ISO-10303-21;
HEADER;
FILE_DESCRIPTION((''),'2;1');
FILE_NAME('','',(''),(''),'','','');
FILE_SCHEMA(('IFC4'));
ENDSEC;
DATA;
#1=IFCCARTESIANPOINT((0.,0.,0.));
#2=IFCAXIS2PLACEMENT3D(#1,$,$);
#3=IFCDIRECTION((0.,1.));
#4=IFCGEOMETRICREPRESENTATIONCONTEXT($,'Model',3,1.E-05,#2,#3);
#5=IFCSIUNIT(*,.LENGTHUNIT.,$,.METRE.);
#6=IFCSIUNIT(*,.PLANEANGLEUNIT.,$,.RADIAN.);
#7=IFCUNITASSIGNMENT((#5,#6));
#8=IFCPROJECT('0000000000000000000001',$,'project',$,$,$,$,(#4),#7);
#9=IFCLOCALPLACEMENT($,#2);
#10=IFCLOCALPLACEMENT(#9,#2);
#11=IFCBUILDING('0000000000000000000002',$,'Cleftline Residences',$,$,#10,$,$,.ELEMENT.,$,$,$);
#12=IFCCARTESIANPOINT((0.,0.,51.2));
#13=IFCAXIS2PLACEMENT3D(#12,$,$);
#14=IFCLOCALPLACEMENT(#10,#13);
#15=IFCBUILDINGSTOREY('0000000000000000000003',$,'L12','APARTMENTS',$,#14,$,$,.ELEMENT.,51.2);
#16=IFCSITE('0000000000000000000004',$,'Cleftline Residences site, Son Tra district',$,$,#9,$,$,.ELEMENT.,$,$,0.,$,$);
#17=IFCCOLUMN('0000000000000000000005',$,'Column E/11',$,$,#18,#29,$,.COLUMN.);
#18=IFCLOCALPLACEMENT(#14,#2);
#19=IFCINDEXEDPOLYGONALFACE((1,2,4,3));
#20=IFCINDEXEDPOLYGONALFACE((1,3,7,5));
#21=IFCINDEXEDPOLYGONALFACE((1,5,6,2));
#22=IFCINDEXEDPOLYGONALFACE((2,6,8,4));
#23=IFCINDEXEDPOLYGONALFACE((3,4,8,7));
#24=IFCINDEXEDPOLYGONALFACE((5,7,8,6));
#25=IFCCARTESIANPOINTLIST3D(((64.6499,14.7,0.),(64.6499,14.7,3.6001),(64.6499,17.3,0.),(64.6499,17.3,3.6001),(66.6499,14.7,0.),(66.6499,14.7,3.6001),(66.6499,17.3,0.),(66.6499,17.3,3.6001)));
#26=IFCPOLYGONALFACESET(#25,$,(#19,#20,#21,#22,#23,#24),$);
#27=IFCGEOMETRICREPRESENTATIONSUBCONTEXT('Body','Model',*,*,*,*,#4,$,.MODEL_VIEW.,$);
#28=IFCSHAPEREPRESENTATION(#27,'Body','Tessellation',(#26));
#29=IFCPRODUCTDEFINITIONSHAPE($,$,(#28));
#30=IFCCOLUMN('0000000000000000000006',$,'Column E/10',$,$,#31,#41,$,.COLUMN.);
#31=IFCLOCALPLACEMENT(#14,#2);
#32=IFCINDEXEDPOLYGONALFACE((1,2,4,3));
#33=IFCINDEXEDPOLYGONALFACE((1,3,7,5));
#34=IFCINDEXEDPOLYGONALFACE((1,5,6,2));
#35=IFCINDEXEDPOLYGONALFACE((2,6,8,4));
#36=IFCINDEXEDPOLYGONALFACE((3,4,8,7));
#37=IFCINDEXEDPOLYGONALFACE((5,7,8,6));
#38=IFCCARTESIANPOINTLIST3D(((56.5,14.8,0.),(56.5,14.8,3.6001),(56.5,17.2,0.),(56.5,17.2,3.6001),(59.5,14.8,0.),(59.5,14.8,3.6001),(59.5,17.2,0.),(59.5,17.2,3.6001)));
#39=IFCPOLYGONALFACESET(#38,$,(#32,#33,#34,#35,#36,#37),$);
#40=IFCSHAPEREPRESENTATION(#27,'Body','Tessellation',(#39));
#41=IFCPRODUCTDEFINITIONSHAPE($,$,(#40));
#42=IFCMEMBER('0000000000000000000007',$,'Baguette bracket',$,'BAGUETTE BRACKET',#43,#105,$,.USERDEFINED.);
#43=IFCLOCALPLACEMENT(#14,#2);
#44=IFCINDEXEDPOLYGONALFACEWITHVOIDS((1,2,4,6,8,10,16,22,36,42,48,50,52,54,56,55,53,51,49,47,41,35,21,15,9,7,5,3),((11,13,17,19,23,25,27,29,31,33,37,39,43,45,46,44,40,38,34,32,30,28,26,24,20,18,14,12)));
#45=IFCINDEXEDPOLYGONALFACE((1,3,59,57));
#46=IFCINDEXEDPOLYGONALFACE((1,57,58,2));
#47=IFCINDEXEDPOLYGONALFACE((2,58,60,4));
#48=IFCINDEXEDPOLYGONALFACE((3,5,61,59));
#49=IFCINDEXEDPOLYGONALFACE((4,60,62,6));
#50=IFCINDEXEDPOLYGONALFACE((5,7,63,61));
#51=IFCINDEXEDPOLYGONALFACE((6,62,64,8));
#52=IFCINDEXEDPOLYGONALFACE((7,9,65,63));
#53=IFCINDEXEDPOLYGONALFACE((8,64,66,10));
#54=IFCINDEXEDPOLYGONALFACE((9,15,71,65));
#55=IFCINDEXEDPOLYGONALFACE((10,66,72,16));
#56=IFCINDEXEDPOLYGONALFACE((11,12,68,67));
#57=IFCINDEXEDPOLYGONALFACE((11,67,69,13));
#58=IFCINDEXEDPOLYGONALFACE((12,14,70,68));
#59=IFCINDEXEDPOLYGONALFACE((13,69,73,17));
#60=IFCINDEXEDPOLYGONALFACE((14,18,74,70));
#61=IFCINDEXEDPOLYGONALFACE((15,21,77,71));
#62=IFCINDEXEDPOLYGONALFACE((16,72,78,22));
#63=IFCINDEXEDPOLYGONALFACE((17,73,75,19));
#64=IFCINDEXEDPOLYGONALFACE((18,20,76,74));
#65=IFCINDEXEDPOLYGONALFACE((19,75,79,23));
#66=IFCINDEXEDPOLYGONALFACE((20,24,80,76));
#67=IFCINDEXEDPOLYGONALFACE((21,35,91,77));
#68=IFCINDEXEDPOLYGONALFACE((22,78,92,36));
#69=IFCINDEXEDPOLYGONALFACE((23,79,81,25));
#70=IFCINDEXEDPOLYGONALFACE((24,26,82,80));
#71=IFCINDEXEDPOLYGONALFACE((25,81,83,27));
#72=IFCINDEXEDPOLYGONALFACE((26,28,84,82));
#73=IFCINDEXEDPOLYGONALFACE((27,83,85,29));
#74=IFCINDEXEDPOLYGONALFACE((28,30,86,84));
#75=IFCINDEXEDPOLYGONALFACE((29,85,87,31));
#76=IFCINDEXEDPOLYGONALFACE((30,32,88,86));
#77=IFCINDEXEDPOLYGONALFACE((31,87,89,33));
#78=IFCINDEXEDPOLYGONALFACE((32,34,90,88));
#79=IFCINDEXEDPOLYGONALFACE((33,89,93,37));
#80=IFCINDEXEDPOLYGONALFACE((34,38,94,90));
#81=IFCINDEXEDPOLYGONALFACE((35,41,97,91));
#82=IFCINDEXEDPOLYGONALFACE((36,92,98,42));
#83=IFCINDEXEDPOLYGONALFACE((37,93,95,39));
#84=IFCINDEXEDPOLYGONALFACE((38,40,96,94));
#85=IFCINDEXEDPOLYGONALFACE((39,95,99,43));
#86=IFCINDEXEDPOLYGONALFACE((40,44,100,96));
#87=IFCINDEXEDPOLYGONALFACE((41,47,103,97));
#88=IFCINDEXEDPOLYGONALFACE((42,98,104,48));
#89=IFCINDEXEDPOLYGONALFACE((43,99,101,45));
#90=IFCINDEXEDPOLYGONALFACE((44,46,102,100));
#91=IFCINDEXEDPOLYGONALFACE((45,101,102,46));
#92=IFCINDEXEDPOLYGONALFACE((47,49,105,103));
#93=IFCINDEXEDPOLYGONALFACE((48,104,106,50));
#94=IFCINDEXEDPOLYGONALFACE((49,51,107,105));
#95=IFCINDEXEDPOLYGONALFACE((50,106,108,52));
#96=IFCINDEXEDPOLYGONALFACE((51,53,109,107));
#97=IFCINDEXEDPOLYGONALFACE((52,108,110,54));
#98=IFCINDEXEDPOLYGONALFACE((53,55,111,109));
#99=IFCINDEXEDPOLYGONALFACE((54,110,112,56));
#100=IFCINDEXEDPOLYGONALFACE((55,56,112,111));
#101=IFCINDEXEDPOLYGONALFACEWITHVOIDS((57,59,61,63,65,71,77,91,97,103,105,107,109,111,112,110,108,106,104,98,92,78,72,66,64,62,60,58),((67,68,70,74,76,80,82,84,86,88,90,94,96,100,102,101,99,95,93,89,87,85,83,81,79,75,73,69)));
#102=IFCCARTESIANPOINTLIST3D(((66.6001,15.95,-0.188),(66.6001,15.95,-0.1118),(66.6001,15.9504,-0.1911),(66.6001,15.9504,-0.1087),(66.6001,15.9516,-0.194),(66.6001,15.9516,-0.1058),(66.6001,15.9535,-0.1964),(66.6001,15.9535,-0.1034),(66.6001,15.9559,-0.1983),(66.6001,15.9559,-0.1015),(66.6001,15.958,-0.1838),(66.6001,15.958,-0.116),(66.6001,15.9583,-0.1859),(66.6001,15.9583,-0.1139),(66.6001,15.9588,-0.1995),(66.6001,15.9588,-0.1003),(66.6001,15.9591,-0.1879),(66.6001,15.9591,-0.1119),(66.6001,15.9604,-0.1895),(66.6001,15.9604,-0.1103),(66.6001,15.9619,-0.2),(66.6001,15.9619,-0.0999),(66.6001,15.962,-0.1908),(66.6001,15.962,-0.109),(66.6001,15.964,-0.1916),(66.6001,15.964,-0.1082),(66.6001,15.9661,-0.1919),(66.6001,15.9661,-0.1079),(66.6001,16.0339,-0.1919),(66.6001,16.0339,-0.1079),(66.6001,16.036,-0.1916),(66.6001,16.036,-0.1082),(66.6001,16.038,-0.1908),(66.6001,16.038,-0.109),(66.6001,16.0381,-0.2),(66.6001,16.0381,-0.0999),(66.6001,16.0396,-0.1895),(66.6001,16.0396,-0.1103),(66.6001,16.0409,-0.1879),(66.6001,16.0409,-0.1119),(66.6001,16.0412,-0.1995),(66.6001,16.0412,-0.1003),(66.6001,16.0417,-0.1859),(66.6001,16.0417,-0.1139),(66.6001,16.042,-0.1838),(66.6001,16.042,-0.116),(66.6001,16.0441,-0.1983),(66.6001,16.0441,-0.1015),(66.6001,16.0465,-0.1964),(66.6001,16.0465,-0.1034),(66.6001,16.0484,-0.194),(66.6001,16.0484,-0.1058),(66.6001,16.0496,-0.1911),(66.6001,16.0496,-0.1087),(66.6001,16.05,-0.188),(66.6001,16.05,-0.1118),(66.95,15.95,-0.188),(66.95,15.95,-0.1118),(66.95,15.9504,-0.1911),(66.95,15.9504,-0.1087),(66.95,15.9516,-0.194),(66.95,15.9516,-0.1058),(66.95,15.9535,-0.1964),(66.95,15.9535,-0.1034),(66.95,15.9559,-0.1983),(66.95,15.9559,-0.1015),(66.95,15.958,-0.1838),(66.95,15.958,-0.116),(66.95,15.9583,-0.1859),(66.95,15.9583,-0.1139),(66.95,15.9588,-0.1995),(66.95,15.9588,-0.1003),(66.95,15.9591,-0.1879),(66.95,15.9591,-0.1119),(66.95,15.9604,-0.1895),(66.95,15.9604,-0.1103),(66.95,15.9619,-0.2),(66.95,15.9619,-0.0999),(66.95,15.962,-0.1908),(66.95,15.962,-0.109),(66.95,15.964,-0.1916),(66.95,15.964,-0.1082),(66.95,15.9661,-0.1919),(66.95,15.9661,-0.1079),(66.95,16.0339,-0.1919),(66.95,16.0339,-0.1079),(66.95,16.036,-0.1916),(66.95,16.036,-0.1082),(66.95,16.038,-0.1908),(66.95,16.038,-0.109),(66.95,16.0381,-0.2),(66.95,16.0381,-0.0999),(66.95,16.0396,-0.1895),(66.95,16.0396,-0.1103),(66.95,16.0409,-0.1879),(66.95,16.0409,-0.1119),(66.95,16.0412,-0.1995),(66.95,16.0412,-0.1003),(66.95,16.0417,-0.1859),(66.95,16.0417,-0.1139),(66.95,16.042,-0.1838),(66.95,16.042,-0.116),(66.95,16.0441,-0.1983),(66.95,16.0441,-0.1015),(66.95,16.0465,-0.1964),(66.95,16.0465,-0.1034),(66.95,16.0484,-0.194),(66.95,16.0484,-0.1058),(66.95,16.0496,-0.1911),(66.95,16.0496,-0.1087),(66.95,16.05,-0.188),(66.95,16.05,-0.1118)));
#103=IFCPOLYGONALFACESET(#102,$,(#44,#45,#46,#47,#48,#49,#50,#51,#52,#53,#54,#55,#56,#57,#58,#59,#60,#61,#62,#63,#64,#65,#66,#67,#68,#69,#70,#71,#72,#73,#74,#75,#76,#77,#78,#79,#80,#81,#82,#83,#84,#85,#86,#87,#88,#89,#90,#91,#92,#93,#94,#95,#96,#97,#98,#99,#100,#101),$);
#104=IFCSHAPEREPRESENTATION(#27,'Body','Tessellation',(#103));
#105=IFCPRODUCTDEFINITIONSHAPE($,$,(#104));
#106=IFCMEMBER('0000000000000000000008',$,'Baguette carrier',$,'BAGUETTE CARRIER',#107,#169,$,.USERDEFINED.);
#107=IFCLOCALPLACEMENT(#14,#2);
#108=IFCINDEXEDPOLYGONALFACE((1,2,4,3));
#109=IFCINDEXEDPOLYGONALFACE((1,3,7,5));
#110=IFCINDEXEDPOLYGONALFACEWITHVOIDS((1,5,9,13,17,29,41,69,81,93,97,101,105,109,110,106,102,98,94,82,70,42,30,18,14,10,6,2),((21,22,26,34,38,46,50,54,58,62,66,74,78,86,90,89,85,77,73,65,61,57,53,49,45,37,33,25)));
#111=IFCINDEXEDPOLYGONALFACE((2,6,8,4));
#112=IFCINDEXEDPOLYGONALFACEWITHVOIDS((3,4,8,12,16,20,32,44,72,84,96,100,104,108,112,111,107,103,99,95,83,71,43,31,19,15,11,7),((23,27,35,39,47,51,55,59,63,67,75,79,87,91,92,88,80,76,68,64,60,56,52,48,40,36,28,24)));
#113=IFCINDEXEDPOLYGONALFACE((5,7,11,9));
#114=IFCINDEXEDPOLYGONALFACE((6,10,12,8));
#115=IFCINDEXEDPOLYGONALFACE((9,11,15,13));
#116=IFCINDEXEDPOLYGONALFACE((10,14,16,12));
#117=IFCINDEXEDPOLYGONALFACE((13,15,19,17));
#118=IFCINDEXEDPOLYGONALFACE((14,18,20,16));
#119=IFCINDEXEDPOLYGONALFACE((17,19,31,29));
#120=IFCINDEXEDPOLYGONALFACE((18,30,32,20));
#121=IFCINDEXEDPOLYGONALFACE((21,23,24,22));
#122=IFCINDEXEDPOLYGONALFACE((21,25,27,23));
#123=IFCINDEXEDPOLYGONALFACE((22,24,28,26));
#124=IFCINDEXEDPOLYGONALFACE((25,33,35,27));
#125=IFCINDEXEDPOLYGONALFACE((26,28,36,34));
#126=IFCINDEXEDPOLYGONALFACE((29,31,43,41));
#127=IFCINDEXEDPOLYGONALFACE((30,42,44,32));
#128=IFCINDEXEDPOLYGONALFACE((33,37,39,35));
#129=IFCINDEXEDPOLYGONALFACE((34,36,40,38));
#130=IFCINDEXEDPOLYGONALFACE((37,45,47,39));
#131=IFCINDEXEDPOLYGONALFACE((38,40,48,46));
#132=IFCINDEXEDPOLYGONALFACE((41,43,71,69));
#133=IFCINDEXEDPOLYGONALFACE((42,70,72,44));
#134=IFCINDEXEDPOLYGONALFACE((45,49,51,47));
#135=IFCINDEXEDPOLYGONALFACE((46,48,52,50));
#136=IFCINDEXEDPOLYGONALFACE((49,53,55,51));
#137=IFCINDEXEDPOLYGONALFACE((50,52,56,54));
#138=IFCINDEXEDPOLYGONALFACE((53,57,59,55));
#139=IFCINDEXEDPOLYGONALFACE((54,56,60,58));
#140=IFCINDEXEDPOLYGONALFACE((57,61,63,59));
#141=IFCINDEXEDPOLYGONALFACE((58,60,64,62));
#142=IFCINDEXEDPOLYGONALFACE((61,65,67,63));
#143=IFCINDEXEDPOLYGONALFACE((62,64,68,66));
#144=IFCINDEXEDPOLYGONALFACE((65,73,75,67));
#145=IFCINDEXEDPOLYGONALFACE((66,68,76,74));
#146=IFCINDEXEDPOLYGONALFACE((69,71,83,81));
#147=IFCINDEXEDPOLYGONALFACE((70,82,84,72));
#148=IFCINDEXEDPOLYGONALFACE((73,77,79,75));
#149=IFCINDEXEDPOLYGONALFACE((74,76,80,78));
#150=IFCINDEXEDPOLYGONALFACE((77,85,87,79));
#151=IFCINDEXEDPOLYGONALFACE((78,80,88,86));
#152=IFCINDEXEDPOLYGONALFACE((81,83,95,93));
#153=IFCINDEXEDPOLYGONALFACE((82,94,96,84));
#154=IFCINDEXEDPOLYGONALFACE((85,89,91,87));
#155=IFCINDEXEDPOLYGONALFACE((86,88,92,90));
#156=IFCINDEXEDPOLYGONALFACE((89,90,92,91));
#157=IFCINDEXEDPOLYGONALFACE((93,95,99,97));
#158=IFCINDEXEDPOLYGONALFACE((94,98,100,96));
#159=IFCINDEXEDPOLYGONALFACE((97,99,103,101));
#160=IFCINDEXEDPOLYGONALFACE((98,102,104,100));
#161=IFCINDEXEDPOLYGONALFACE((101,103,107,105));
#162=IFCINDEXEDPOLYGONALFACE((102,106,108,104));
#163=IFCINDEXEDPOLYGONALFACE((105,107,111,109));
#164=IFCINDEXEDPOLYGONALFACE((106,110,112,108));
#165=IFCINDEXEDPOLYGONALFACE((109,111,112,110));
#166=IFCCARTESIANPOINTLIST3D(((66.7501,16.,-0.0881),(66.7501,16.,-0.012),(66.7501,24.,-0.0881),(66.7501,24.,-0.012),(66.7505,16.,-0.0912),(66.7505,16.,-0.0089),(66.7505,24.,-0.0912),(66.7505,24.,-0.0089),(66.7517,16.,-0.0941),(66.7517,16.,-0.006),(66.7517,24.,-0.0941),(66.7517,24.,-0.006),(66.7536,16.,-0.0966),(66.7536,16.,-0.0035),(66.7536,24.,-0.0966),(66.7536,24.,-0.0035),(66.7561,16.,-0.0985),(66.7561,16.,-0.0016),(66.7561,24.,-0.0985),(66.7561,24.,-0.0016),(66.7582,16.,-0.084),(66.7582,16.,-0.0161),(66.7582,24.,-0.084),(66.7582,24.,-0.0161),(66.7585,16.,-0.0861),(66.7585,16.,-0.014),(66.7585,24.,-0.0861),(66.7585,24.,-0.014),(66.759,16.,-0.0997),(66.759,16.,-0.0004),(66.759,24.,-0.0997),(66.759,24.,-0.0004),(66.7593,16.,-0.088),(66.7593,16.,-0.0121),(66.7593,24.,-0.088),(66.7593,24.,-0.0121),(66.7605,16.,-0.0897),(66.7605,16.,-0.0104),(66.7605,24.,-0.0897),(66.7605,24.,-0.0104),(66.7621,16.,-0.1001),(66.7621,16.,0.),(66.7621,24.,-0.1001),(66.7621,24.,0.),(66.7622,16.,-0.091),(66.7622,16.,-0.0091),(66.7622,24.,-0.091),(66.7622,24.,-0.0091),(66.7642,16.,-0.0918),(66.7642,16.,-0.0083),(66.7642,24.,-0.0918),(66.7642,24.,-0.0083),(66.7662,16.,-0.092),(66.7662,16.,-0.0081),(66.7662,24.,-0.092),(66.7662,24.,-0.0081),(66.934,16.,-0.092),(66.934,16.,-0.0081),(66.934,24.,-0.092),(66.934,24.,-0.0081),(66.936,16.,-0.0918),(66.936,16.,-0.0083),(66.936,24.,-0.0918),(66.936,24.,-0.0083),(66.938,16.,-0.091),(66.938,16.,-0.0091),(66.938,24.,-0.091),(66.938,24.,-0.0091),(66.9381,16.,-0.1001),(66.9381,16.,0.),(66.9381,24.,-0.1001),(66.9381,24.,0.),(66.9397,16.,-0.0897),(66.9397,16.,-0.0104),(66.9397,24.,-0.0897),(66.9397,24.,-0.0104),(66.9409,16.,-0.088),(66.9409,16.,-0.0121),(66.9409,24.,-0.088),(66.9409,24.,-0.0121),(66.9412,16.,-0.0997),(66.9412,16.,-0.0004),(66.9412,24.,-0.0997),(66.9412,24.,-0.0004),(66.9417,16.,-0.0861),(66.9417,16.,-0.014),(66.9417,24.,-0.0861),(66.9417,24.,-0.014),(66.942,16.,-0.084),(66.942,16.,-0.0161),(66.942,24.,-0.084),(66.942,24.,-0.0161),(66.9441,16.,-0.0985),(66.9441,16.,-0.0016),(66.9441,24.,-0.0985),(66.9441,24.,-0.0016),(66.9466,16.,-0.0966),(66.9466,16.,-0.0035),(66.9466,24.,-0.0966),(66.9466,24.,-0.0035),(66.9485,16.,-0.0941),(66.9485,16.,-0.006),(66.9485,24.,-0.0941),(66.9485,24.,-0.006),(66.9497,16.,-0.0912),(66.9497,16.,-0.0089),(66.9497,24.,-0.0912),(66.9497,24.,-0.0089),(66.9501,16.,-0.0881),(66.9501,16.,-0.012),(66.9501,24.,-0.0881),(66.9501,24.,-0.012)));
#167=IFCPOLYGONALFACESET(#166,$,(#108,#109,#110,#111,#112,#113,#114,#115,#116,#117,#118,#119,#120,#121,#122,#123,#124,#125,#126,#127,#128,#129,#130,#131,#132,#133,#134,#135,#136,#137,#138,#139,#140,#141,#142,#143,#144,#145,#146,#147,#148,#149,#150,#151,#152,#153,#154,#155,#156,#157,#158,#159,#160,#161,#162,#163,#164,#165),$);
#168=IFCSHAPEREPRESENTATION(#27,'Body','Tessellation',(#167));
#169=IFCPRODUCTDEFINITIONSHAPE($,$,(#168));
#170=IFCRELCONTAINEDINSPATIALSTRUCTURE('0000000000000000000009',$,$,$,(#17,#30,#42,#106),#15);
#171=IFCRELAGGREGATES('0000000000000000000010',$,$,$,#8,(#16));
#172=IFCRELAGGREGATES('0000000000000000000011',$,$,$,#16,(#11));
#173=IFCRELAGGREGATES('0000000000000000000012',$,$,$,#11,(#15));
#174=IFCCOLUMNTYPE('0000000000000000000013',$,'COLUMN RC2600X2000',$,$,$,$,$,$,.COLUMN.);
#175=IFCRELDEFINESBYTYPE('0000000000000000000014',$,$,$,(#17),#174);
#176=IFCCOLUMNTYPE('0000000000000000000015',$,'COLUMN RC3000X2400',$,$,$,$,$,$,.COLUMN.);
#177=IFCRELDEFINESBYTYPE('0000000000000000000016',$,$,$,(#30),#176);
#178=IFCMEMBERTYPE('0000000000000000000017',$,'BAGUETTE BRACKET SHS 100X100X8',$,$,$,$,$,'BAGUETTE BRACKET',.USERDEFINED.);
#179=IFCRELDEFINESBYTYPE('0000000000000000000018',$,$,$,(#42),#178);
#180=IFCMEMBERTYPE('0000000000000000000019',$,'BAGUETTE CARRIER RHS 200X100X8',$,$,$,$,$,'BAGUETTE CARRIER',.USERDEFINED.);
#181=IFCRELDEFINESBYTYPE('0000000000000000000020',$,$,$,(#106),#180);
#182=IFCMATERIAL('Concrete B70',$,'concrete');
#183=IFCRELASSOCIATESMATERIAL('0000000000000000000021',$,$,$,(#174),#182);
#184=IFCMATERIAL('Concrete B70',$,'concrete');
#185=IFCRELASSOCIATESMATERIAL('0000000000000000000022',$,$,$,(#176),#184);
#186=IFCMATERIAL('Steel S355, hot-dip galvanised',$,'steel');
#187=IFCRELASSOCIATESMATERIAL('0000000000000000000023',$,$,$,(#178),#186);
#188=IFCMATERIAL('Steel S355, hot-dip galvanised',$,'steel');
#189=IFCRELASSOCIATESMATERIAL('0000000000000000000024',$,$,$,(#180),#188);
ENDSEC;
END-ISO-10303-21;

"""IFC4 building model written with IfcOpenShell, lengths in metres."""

from ifc_helpers import new_model, si_unit, direction, frame, origin, origin_2d, place, context, subcontext, project, spatial, rectangle, hollow_rectangle, extrude, material, material_profile, profile_set, type_object, element, save


model = new_model("IFC4")

# Units and contexts
model_context = context("Model", 3, precision=1e-05, world=origin(), true_north=direction((0.0, 1.0)))
body_context = subcontext(model_context, "Body", "Model", "MODEL_VIEW")
ifc_project = project(units=[si_unit("LENGTHUNIT", "METRE"), si_unit("PLANEANGLEUNIT", "RADIAN")], contexts=[model_context])

# Site, building, storey
site_placement = place(None, origin())
site = spatial("IfcSite", under=ifc_project, at=site_placement, Name="Cleftline Residences site, Son Tra district", CompositionType="ELEMENT", RefElevation=0.0)
building_placement = place(site_placement, origin())
building = spatial("IfcBuilding", under=site, at=building_placement, Name="Cleftline Residences", CompositionType="ELEMENT")
storey_placement = place(building_placement, frame((0.0, 0.0, 51.2)))
storey = spatial("IfcBuildingStorey", under=building, at=storey_placement, Name="L12", Description="APARTMENTS", CompositionType="ELEMENT", Elevation=51.2)

# Columns
ifc_material_1 = material(Name="Concrete B70", Category="concrete")
ifc_material_profile_1 = material_profile(ifc_material_1, rectangle(XDim=2.6001, YDim=2.0, at=origin_2d()))
ifc_profile_set_1 = profile_set([ifc_material_profile_1], Name="Concrete B70")
column_type_1 = type_object("IfcColumnType", Name="COLUMN RC2600X2000", PredefinedType="COLUMN", material=ifc_profile_set_1)
column_1_placement = place(storey_placement, frame((65.6499, 16.0, 0.0), z_axis=(0.0, 0.0, 1.0), x_axis=(0.0, 1.0, 0.0)))
element("IfcColumn", 1, at=column_1_placement, inside=storey, type_object=column_type_1, Name="Column E/11", PredefinedType="COLUMN", context=body_context, shape_type="SweptSolid", body=[
    extrude(rectangle(XDim=2.6001, YDim=2.0, at=origin_2d()), origin(), (0.0, 0.0, 1.0), 3.6001),
])
ifc_material_2 = material(Name="Concrete B70", Category="concrete")
ifc_material_profile_2 = material_profile(ifc_material_2, rectangle(XDim=3.0, YDim=2.3999, at=origin_2d()))
ifc_profile_set_2 = profile_set([ifc_material_profile_2], Name="Concrete B70")
column_type_2 = type_object("IfcColumnType", Name="COLUMN RC3000X2400", PredefinedType="COLUMN", material=ifc_profile_set_2)
column_2_placement = place(storey_placement, frame((58.0, 16.0, 0.0), z_axis=(0.0, 0.0, 1.0), x_axis=(1.0, 0.0, 0.0)))
element("IfcColumn", 2, at=column_2_placement, inside=storey, type_object=column_type_2, Name="Column E/10", PredefinedType="COLUMN", context=body_context, shape_type="SweptSolid", body=[
    extrude(rectangle(XDim=3.0, YDim=2.3999, at=origin_2d()), origin(), (0.0, 0.0, 1.0), 3.6001),
])

# Members
ifc_material_3 = material(Name="Steel S355, hot-dip galvanised", Category="steel")
ifc_material_profile_3 = material_profile(ifc_material_3, hollow_rectangle(XDim=0.1001, YDim=0.1001, WallThickness=0.0081, InnerFilletRadius=0.0081, OuterFilletRadius=0.012, at=origin_2d()))
ifc_profile_set_3 = profile_set([ifc_material_profile_3], Name="Steel S355, hot-dip galvanised")
member_type_1 = type_object("IfcMemberType", Name="BAGUETTE BRACKET SHS 100X100X8", ElementType="BAGUETTE BRACKET", PredefinedType="USERDEFINED", material=ifc_profile_set_3)
member_1_placement = place(storey_placement, frame((66.6001, 16.0, -0.1499), z_axis=(1.0, 0.0, 0.0), x_axis=(0.0, 1.0, 0.0)))
element("IfcMember", 3, at=member_1_placement, inside=storey, type_object=member_type_1, Name="Baguette bracket", ObjectType="BAGUETTE BRACKET", PredefinedType="USERDEFINED", context=body_context, shape_type="SweptSolid", body=[
    extrude(hollow_rectangle(XDim=0.1001, YDim=0.1001, WallThickness=0.0081, InnerFilletRadius=0.0081, OuterFilletRadius=0.012, at=origin_2d()), origin(), (0.0, 0.0, 1.0), 0.3499),
])
ifc_material_4 = material(Name="Steel S355, hot-dip galvanised", Category="steel")
ifc_material_profile_4 = material_profile(ifc_material_4, hollow_rectangle(XDim=0.1001, YDim=0.2, WallThickness=0.0081, InnerFilletRadius=0.0081, OuterFilletRadius=0.012, at=origin_2d()))
ifc_profile_set_4 = profile_set([ifc_material_profile_4], Name="Steel S355, hot-dip galvanised")
member_type_2 = type_object("IfcMemberType", Name="BAGUETTE CARRIER RHS 200X100X8", ElementType="BAGUETTE CARRIER", PredefinedType="USERDEFINED", material=ifc_profile_set_4)
member_2_placement = place(storey_placement, frame((66.8501, 16.0, -0.05), z_axis=(0.0, 1.0, 0.0), x_axis=(0.0, 0.0, 1.0)))
element("IfcMember", 4, at=member_2_placement, inside=storey, type_object=member_type_2, Name="Baguette carrier", ObjectType="BAGUETTE CARRIER", PredefinedType="USERDEFINED", context=body_context, shape_type="SweptSolid", body=[
    extrude(hollow_rectangle(XDim=0.1001, YDim=0.2, WallThickness=0.0081, InnerFilletRadius=0.0081, OuterFilletRadius=0.012, at=origin_2d()), origin(), (0.0, 0.0, 1.0), 8.0),
])

save(model, "model.ifc")
